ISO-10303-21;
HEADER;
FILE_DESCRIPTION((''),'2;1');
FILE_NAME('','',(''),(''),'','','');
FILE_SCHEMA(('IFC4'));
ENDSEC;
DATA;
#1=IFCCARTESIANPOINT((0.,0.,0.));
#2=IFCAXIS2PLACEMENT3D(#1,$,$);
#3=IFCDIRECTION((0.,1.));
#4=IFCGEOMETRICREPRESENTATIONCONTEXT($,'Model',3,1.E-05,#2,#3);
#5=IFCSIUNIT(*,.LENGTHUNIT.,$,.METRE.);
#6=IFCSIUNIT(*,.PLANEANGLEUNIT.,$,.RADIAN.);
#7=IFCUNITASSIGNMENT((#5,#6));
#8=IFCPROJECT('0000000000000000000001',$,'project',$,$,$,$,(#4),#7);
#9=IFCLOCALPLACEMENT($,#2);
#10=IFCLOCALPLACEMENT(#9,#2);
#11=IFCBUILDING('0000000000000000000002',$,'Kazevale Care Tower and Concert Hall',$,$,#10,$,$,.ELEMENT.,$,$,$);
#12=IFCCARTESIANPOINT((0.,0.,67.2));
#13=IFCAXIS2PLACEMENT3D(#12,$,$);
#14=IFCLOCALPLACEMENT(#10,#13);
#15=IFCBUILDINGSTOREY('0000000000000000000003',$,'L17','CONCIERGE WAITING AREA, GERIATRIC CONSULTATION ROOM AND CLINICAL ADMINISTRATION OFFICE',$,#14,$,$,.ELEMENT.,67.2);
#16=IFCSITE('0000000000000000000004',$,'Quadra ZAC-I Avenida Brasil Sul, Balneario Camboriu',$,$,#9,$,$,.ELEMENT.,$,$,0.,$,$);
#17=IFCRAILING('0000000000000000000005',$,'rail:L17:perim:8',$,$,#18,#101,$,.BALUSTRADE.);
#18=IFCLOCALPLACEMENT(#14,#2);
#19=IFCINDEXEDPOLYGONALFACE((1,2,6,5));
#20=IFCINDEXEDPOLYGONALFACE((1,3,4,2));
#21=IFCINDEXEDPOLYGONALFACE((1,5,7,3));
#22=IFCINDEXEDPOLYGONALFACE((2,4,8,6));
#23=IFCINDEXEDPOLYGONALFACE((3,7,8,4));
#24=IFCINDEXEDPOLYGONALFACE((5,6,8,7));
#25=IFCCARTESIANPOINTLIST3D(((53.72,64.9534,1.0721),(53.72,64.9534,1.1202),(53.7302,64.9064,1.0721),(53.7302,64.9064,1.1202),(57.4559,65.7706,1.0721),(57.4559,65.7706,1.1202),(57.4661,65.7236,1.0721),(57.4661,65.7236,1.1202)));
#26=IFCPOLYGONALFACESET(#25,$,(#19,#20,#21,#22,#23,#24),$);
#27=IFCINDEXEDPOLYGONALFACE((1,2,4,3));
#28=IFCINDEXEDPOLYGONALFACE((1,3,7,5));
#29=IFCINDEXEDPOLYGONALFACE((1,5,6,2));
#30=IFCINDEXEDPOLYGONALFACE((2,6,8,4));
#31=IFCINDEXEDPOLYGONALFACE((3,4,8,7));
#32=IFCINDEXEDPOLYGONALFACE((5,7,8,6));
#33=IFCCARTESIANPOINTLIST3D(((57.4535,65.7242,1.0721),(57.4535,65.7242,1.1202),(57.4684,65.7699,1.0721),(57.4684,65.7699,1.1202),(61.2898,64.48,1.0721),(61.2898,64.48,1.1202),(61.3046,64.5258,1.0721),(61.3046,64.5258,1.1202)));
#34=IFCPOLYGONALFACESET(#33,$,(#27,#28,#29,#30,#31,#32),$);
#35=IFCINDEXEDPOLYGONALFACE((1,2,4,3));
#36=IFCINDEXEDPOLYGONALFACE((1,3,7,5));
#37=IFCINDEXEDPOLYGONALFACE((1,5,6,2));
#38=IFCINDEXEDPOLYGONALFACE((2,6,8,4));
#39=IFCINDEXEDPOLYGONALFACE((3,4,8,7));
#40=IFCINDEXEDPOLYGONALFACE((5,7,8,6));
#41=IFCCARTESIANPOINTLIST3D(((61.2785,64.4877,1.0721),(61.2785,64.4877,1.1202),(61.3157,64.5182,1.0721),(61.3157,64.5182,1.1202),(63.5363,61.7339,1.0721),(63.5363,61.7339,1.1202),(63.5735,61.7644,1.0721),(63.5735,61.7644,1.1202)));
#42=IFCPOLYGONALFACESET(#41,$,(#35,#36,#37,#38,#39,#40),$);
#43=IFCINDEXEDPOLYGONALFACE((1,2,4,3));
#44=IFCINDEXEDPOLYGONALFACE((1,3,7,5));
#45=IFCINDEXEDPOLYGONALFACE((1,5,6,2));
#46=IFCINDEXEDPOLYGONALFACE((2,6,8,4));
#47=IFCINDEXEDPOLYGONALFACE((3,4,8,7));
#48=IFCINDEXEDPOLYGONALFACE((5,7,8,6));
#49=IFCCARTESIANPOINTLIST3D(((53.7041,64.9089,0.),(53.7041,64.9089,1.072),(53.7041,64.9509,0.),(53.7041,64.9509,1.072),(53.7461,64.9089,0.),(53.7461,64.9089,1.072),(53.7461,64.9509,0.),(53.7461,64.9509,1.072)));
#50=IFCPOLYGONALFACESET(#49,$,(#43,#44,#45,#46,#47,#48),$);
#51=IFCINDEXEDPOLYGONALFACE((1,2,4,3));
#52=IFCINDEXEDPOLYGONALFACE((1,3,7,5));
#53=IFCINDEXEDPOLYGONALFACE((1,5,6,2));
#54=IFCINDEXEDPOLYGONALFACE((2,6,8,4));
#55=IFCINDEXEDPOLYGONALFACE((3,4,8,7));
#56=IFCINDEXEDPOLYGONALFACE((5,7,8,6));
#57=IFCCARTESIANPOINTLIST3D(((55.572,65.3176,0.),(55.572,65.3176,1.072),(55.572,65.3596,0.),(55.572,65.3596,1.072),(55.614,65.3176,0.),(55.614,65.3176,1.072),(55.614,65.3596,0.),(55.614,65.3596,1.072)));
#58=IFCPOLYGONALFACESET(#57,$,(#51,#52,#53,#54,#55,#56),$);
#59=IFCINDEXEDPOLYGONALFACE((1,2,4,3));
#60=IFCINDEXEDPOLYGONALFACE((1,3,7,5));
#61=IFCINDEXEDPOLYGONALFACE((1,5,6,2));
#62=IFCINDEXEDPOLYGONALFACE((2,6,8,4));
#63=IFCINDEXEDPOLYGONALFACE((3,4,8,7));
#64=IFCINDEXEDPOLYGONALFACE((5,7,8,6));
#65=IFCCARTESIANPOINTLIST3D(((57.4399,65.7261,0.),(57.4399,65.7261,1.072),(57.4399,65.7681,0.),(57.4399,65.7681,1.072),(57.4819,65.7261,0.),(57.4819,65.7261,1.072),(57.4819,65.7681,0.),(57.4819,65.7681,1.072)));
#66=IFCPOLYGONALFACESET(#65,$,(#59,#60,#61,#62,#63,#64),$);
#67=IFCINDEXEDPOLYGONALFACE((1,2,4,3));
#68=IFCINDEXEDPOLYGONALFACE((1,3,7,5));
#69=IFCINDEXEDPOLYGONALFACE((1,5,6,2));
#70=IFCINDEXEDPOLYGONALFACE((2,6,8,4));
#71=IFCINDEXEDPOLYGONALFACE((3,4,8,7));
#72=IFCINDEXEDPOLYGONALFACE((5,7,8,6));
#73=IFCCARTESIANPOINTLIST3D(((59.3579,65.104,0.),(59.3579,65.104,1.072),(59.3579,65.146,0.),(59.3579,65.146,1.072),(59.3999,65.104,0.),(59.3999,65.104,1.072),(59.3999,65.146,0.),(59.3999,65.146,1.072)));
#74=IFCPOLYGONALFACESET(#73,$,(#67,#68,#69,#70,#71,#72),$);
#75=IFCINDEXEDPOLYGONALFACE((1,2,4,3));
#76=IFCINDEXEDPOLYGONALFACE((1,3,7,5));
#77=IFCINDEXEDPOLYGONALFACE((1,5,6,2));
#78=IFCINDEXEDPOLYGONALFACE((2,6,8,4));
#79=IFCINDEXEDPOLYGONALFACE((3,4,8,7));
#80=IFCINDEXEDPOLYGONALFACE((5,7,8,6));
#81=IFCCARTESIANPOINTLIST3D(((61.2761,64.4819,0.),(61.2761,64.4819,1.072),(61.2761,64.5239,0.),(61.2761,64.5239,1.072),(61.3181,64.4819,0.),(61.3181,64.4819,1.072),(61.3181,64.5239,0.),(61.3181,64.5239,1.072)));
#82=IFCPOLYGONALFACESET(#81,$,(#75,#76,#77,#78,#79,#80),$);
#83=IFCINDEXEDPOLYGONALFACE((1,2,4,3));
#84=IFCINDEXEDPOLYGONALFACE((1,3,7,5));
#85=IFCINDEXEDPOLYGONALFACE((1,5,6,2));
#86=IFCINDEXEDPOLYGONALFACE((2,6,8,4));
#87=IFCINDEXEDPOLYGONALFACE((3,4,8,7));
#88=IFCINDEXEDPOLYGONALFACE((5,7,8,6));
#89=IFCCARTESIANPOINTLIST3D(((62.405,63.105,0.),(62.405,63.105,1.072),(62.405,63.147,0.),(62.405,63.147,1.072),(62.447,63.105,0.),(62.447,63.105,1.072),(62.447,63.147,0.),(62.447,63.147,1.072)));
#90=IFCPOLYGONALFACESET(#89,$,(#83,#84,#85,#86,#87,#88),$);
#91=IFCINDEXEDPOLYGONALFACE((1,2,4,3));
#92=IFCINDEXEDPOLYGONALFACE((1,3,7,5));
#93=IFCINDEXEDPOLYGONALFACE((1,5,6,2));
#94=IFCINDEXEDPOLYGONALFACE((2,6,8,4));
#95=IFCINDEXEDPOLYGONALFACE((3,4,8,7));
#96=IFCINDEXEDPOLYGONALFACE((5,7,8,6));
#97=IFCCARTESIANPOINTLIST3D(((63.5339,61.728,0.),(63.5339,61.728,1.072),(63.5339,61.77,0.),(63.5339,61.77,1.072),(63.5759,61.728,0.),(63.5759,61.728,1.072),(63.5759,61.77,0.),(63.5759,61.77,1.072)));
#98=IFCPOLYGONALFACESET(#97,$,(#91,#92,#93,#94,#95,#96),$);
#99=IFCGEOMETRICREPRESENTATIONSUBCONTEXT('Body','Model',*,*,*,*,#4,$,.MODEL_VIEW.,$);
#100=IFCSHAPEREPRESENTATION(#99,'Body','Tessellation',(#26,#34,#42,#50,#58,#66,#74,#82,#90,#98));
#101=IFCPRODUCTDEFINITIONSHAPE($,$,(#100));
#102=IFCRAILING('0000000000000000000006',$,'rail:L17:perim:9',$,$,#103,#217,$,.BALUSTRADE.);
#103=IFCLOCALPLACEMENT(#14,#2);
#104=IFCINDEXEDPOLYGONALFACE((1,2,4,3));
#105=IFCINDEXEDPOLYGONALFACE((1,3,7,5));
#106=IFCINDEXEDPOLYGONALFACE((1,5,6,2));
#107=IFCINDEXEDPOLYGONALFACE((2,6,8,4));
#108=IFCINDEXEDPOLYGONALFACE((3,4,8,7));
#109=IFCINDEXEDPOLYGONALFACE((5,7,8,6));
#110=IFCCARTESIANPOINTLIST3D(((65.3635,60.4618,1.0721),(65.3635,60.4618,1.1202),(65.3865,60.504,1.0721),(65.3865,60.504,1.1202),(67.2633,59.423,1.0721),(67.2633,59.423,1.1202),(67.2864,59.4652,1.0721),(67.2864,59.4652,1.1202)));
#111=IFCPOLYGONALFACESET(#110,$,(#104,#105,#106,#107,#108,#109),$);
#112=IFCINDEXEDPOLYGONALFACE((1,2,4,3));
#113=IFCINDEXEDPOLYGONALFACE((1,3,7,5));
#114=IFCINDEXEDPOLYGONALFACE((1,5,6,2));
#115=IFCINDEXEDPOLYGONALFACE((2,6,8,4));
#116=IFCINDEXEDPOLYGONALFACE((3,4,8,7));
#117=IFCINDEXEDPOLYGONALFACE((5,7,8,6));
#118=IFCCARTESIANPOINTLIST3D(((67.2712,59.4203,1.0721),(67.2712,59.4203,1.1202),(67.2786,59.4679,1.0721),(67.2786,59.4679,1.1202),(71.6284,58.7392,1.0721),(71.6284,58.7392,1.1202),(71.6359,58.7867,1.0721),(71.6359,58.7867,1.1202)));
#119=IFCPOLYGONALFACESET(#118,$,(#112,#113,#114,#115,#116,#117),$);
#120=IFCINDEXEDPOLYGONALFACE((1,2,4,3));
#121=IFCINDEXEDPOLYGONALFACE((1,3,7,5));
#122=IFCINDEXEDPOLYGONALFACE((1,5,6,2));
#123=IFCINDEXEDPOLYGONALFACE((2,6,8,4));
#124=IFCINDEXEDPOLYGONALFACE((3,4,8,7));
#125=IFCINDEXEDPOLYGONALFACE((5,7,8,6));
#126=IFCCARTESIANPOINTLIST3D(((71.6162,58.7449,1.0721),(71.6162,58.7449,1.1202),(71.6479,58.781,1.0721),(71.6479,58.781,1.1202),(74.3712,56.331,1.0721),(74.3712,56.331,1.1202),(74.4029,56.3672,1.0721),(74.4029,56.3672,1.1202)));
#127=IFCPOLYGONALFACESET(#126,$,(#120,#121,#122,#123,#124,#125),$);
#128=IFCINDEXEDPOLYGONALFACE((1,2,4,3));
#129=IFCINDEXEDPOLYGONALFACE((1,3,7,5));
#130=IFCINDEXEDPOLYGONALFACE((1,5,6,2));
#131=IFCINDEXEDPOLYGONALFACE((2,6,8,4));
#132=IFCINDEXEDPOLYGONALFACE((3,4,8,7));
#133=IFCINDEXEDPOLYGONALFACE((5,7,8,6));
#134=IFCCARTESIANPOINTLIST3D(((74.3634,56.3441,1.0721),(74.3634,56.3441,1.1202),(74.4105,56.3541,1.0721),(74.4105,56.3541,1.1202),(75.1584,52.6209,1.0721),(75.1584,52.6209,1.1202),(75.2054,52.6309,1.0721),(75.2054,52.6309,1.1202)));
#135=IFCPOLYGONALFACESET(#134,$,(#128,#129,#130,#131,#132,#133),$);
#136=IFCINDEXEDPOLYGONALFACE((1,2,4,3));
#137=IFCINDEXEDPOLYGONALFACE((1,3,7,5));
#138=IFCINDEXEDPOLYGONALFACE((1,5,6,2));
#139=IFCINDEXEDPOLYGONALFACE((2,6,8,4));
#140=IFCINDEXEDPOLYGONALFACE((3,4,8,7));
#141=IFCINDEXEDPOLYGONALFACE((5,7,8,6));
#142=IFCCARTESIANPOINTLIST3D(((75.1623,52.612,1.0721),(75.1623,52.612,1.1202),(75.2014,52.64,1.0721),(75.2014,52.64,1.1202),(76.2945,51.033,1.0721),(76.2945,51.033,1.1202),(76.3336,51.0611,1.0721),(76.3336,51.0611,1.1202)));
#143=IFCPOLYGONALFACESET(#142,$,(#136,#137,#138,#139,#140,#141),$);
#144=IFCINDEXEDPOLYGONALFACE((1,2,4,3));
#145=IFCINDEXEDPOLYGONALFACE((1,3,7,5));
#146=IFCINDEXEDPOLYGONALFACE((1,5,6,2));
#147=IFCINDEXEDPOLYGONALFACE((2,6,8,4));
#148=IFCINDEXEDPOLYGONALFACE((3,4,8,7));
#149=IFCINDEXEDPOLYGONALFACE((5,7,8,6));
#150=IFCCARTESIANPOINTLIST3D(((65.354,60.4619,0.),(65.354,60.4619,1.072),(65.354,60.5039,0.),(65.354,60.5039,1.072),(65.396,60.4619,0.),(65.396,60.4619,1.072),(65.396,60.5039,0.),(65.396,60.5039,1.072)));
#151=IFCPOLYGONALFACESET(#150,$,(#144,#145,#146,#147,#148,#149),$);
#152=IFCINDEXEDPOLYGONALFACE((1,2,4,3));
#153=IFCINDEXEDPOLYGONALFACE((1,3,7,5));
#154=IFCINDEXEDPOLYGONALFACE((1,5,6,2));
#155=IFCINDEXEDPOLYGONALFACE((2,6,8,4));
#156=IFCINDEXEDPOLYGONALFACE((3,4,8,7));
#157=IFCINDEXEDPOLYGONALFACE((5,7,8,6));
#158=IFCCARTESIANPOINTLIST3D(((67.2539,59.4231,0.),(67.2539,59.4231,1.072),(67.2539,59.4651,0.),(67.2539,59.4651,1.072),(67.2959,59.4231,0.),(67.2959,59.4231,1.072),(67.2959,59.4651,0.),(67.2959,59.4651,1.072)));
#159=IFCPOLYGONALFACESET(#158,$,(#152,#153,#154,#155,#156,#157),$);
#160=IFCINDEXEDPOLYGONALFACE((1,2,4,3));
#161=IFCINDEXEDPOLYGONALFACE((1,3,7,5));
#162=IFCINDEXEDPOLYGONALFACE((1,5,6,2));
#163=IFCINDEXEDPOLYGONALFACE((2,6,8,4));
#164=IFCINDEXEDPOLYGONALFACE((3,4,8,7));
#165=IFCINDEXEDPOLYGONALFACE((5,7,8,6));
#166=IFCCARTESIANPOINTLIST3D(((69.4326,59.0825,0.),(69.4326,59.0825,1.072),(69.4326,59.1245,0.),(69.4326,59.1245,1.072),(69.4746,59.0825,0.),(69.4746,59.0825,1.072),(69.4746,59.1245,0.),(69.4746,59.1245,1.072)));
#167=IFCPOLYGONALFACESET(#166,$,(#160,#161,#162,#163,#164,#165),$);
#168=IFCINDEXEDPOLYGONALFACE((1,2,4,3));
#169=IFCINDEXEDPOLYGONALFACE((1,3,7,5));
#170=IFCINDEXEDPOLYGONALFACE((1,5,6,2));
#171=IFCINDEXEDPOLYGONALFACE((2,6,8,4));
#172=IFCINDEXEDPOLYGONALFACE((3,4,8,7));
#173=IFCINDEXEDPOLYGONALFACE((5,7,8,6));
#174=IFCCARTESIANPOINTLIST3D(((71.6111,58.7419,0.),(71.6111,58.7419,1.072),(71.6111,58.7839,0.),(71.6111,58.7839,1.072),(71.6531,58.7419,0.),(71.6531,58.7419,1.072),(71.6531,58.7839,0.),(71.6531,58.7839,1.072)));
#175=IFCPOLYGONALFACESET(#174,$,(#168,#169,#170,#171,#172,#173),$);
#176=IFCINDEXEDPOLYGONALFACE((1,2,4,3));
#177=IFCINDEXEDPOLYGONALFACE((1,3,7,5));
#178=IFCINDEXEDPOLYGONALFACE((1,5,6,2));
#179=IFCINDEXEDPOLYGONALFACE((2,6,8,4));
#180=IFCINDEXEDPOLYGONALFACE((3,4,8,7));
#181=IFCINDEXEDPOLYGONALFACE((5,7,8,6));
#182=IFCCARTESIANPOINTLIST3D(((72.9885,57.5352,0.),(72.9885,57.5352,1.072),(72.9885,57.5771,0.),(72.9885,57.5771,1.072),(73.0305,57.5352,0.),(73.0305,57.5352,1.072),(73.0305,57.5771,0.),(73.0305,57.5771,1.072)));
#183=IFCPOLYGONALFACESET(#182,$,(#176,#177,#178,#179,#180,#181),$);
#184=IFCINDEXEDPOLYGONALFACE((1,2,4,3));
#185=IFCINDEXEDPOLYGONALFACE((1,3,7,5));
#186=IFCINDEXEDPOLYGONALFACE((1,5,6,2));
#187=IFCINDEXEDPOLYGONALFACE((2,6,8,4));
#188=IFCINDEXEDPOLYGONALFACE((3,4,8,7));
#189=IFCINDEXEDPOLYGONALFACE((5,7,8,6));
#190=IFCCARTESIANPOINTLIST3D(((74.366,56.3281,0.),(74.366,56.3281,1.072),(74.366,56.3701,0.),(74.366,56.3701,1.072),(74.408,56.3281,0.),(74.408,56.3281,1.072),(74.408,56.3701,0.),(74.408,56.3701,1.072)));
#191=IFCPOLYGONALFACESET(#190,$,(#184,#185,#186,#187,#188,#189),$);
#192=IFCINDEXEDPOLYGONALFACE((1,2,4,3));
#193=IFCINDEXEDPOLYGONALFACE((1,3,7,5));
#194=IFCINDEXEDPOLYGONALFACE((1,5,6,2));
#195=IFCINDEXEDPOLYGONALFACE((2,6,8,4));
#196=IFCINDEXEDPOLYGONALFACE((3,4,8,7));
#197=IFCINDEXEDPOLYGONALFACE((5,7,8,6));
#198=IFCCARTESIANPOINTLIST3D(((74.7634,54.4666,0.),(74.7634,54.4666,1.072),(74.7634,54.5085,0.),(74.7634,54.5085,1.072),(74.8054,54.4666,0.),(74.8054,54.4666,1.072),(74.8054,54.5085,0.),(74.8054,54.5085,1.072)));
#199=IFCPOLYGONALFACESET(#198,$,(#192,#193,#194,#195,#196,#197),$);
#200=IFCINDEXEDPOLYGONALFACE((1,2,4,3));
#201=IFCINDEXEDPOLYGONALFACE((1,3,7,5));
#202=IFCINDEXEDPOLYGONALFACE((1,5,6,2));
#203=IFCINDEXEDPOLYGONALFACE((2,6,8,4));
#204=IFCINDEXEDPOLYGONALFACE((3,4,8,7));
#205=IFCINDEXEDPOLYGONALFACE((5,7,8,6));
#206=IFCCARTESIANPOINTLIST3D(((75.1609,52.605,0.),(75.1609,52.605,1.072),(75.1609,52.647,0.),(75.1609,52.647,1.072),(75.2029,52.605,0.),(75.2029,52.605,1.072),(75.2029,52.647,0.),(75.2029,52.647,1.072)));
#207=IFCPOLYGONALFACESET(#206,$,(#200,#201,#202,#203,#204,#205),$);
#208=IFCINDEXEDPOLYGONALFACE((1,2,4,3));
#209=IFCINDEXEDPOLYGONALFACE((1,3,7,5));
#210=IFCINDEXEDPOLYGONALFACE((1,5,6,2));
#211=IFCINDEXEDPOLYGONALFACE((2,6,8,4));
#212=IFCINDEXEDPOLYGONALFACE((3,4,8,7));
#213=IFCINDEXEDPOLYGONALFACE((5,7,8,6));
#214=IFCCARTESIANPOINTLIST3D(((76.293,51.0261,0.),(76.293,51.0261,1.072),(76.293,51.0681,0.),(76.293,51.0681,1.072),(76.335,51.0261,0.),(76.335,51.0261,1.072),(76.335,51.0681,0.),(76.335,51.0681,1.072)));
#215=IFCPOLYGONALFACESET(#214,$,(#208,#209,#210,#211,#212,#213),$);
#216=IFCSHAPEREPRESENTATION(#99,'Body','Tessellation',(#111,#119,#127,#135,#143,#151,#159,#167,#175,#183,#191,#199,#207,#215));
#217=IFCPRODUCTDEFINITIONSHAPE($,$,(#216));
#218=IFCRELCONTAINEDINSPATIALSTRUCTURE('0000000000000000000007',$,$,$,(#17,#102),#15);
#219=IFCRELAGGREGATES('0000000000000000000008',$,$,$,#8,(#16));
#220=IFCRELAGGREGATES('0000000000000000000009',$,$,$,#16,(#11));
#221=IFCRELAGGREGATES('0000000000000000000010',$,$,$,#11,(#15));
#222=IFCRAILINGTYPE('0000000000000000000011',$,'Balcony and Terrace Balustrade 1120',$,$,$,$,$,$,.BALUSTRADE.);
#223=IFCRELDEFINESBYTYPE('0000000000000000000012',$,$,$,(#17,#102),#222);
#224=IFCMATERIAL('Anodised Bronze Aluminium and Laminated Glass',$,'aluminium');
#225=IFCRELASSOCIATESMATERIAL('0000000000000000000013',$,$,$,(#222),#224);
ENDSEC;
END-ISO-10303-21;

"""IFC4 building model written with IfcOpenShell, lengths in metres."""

from ifc_helpers import new_model, si_unit, direction, frame, origin, origin_2d, place, context, subcontext, project, spatial, rectangle, extrude, material, type_object, element, save


model = new_model("IFC4")

# Units and contexts
model_context = context("Model", 3, precision=1e-05, world=origin(), true_north=direction((0.0, 1.0)))
body_context = subcontext(model_context, "Body", "Model", "MODEL_VIEW")
ifc_project = project(units=[si_unit("LENGTHUNIT", "METRE"), si_unit("PLANEANGLEUNIT", "RADIAN")], contexts=[model_context])

# Site, building, storey
site_placement = place(None, origin())
site = spatial("IfcSite", under=ifc_project, at=site_placement, Name="Quadra ZAC-I Avenida Brasil Sul, Balneario Camboriu", CompositionType="ELEMENT", RefElevation=0.0)
building_placement = place(site_placement, origin())
building = spatial("IfcBuilding", under=site, at=building_placement, Name="Kazevale Care Tower and Concert Hall", CompositionType="ELEMENT")
storey_placement = place(building_placement, frame((0.0, 0.0, 67.2)))
storey = spatial("IfcBuildingStorey", under=building, at=storey_placement, Name="L17", Description="CONCIERGE WAITING AREA, GERIATRIC CONSULTATION ROOM AND CLINICAL ADMINISTRATION OFFICE", CompositionType="ELEMENT", Elevation=67.2)

# Railings
ifc_material_1 = material(Name="Anodised Bronze Aluminium and Laminated Glass", Category="aluminium")
railing_type = type_object("IfcRailingType", Name="Balcony and Terrace Balustrade 1120", PredefinedType="BALUSTRADE", material=ifc_material_1)
railing_1_placement = place(storey_placement, frame((53.7251, 64.9299, 0.0)))
element("IfcRailing", 1, at=railing_1_placement, inside=storey, type_object=railing_type, Name="rail:L17:perim:8", PredefinedType="BALUSTRADE", context=body_context, shape_type="SweptSolid", body=[
    extrude(rectangle(XDim=0.0481, YDim=0.0481, at=origin_2d()), frame((0.0, 0.0, 1.0962), z_axis=(0.976904, 0.213678, 0.0), x_axis=(-0.213678, 0.976904, 0.0)), (0.0, 0.0, 1.0), 3.8242),
    extrude(rectangle(XDim=0.0481, YDim=0.0481, at=origin_2d()), frame((3.7358, 0.8171, 1.0962), z_axis=(0.951225, -0.308499, 0.0), x_axis=(0.308499, 0.951225, 0.0)), (0.0, 0.0, 1.0), 4.033),
    extrude(rectangle(XDim=0.0481, YDim=0.0481, at=origin_2d()), frame((7.572, -0.427, 1.0962), z_axis=(0.634014, -0.773322, 0.0), x_axis=(0.773322, 0.634014, 0.0)), (0.0, 0.0, 1.0), 3.561),
    extrude(rectangle(XDim=0.042, YDim=0.042, at=origin_2d()), origin(), (0.0, 0.0, 1.0), 1.072),
    extrude(rectangle(XDim=0.042, YDim=0.042, at=origin_2d()), frame((1.8679, 0.4087, 0.0)), (0.0, 0.0, 1.0), 1.072),
    extrude(rectangle(XDim=0.042, YDim=0.042, at=origin_2d()), frame((3.7358, 0.8171, 0.0)), (0.0, 0.0, 1.0), 1.072),
    extrude(rectangle(XDim=0.042, YDim=0.042, at=origin_2d()), frame((5.6538, 0.1951, 0.0)), (0.0, 0.0, 1.0), 1.072),
    extrude(rectangle(XDim=0.042, YDim=0.042, at=origin_2d()), frame((7.572, -0.427, 0.0)), (0.0, 0.0, 1.0), 1.072),
    extrude(rectangle(XDim=0.042, YDim=0.042, at=origin_2d()), frame((8.7009, -1.804, 0.0)), (0.0, 0.0, 1.0), 1.072),
    extrude(rectangle(XDim=0.042, YDim=0.042, at=origin_2d()), frame((9.8298, -3.1809, 0.0)), (0.0, 0.0, 1.0), 1.072),
])
railing_2_placement = place(storey_placement, frame((65.375, 60.4829, 0.0)))
element("IfcRailing", 2, at=railing_2_placement, inside=storey, type_object=railing_type, Name="rail:L17:perim:9", PredefinedType="BALUSTRADE", context=body_context, shape_type="SweptSolid", body=[
    extrude(rectangle(XDim=0.0481, YDim=0.0481, at=origin_2d()), frame((0.0, 0.0, 1.0962), z_axis=(0.877408, -0.479745, 0.0), x_axis=(0.479745, 0.877408, 0.0)), (0.0, 0.0, 1.0), 2.1653),
    extrude(rectangle(XDim=0.0481, YDim=0.0481, at=origin_2d()), frame((1.8999, -1.0388, 1.0962), z_axis=(0.988, -0.154453, 0.0), x_axis=(0.154453, 0.988, 0.0)), (0.0, 0.0, 1.0), 4.4102),
    extrude(rectangle(XDim=0.0481, YDim=0.0481, at=origin_2d()), frame((6.2571, -1.72, 1.0962), z_axis=(0.752131, -0.659014, 0.0), x_axis=(0.659014, 0.752131, 0.0)), (0.0, 0.0, 1.0), 3.6628),
    extrude(rectangle(XDim=0.0481, YDim=0.0481, at=origin_2d()), frame((9.012, -4.1338, 1.0962), z_axis=(0.208802, -0.977958, 0.0), x_axis=(0.977958, 0.208802, 0.0)), (0.0, 0.0, 1.0), 3.8071),
    extrude(rectangle(XDim=0.0481, YDim=0.0481, at=origin_2d()), frame((9.8069, -7.8569, 1.0962), z_axis=(0.582711, -0.812679, 0.0), x_axis=(0.812679, 0.582711, 0.0)), (0.0, 0.0, 1.0), 1.9429),
    extrude(rectangle(XDim=0.042, YDim=0.042, at=origin_2d()), origin(), (0.0, 0.0, 1.0), 1.072),
    extrude(rectangle(XDim=0.042, YDim=0.042, at=origin_2d()), frame((1.8999, -1.0388, 0.0)), (0.0, 0.0, 1.0), 1.072),
    extrude(rectangle(XDim=0.042, YDim=0.042, at=origin_2d()), frame((4.0786, -1.3794, 0.0)), (0.0, 0.0, 1.0), 1.072),
    extrude(rectangle(XDim=0.042, YDim=0.042, at=origin_2d()), frame((6.2571, -1.72, 0.0)), (0.0, 0.0, 1.0), 1.072),
    extrude(rectangle(XDim=0.042, YDim=0.042, at=origin_2d()), frame((7.6345, -2.9268, 0.0)), (0.0, 0.0, 1.0), 1.072),
    extrude(rectangle(XDim=0.042, YDim=0.042, at=origin_2d()), frame((9.012, -4.1338, 0.0)), (0.0, 0.0, 1.0), 1.072),
    extrude(rectangle(XDim=0.042, YDim=0.042, at=origin_2d()), frame((9.4094, -5.9954, 0.0)), (0.0, 0.0, 1.0), 1.072),
    extrude(rectangle(XDim=0.042, YDim=0.042, at=origin_2d()), frame((9.8069, -7.8569, 0.0)), (0.0, 0.0, 1.0), 1.072),
    extrude(rectangle(XDim=0.042, YDim=0.042, at=origin_2d()), frame((10.939, -9.4358, 0.0)), (0.0, 0.0, 1.0), 1.072),
])

save(model, "model.ifc")
